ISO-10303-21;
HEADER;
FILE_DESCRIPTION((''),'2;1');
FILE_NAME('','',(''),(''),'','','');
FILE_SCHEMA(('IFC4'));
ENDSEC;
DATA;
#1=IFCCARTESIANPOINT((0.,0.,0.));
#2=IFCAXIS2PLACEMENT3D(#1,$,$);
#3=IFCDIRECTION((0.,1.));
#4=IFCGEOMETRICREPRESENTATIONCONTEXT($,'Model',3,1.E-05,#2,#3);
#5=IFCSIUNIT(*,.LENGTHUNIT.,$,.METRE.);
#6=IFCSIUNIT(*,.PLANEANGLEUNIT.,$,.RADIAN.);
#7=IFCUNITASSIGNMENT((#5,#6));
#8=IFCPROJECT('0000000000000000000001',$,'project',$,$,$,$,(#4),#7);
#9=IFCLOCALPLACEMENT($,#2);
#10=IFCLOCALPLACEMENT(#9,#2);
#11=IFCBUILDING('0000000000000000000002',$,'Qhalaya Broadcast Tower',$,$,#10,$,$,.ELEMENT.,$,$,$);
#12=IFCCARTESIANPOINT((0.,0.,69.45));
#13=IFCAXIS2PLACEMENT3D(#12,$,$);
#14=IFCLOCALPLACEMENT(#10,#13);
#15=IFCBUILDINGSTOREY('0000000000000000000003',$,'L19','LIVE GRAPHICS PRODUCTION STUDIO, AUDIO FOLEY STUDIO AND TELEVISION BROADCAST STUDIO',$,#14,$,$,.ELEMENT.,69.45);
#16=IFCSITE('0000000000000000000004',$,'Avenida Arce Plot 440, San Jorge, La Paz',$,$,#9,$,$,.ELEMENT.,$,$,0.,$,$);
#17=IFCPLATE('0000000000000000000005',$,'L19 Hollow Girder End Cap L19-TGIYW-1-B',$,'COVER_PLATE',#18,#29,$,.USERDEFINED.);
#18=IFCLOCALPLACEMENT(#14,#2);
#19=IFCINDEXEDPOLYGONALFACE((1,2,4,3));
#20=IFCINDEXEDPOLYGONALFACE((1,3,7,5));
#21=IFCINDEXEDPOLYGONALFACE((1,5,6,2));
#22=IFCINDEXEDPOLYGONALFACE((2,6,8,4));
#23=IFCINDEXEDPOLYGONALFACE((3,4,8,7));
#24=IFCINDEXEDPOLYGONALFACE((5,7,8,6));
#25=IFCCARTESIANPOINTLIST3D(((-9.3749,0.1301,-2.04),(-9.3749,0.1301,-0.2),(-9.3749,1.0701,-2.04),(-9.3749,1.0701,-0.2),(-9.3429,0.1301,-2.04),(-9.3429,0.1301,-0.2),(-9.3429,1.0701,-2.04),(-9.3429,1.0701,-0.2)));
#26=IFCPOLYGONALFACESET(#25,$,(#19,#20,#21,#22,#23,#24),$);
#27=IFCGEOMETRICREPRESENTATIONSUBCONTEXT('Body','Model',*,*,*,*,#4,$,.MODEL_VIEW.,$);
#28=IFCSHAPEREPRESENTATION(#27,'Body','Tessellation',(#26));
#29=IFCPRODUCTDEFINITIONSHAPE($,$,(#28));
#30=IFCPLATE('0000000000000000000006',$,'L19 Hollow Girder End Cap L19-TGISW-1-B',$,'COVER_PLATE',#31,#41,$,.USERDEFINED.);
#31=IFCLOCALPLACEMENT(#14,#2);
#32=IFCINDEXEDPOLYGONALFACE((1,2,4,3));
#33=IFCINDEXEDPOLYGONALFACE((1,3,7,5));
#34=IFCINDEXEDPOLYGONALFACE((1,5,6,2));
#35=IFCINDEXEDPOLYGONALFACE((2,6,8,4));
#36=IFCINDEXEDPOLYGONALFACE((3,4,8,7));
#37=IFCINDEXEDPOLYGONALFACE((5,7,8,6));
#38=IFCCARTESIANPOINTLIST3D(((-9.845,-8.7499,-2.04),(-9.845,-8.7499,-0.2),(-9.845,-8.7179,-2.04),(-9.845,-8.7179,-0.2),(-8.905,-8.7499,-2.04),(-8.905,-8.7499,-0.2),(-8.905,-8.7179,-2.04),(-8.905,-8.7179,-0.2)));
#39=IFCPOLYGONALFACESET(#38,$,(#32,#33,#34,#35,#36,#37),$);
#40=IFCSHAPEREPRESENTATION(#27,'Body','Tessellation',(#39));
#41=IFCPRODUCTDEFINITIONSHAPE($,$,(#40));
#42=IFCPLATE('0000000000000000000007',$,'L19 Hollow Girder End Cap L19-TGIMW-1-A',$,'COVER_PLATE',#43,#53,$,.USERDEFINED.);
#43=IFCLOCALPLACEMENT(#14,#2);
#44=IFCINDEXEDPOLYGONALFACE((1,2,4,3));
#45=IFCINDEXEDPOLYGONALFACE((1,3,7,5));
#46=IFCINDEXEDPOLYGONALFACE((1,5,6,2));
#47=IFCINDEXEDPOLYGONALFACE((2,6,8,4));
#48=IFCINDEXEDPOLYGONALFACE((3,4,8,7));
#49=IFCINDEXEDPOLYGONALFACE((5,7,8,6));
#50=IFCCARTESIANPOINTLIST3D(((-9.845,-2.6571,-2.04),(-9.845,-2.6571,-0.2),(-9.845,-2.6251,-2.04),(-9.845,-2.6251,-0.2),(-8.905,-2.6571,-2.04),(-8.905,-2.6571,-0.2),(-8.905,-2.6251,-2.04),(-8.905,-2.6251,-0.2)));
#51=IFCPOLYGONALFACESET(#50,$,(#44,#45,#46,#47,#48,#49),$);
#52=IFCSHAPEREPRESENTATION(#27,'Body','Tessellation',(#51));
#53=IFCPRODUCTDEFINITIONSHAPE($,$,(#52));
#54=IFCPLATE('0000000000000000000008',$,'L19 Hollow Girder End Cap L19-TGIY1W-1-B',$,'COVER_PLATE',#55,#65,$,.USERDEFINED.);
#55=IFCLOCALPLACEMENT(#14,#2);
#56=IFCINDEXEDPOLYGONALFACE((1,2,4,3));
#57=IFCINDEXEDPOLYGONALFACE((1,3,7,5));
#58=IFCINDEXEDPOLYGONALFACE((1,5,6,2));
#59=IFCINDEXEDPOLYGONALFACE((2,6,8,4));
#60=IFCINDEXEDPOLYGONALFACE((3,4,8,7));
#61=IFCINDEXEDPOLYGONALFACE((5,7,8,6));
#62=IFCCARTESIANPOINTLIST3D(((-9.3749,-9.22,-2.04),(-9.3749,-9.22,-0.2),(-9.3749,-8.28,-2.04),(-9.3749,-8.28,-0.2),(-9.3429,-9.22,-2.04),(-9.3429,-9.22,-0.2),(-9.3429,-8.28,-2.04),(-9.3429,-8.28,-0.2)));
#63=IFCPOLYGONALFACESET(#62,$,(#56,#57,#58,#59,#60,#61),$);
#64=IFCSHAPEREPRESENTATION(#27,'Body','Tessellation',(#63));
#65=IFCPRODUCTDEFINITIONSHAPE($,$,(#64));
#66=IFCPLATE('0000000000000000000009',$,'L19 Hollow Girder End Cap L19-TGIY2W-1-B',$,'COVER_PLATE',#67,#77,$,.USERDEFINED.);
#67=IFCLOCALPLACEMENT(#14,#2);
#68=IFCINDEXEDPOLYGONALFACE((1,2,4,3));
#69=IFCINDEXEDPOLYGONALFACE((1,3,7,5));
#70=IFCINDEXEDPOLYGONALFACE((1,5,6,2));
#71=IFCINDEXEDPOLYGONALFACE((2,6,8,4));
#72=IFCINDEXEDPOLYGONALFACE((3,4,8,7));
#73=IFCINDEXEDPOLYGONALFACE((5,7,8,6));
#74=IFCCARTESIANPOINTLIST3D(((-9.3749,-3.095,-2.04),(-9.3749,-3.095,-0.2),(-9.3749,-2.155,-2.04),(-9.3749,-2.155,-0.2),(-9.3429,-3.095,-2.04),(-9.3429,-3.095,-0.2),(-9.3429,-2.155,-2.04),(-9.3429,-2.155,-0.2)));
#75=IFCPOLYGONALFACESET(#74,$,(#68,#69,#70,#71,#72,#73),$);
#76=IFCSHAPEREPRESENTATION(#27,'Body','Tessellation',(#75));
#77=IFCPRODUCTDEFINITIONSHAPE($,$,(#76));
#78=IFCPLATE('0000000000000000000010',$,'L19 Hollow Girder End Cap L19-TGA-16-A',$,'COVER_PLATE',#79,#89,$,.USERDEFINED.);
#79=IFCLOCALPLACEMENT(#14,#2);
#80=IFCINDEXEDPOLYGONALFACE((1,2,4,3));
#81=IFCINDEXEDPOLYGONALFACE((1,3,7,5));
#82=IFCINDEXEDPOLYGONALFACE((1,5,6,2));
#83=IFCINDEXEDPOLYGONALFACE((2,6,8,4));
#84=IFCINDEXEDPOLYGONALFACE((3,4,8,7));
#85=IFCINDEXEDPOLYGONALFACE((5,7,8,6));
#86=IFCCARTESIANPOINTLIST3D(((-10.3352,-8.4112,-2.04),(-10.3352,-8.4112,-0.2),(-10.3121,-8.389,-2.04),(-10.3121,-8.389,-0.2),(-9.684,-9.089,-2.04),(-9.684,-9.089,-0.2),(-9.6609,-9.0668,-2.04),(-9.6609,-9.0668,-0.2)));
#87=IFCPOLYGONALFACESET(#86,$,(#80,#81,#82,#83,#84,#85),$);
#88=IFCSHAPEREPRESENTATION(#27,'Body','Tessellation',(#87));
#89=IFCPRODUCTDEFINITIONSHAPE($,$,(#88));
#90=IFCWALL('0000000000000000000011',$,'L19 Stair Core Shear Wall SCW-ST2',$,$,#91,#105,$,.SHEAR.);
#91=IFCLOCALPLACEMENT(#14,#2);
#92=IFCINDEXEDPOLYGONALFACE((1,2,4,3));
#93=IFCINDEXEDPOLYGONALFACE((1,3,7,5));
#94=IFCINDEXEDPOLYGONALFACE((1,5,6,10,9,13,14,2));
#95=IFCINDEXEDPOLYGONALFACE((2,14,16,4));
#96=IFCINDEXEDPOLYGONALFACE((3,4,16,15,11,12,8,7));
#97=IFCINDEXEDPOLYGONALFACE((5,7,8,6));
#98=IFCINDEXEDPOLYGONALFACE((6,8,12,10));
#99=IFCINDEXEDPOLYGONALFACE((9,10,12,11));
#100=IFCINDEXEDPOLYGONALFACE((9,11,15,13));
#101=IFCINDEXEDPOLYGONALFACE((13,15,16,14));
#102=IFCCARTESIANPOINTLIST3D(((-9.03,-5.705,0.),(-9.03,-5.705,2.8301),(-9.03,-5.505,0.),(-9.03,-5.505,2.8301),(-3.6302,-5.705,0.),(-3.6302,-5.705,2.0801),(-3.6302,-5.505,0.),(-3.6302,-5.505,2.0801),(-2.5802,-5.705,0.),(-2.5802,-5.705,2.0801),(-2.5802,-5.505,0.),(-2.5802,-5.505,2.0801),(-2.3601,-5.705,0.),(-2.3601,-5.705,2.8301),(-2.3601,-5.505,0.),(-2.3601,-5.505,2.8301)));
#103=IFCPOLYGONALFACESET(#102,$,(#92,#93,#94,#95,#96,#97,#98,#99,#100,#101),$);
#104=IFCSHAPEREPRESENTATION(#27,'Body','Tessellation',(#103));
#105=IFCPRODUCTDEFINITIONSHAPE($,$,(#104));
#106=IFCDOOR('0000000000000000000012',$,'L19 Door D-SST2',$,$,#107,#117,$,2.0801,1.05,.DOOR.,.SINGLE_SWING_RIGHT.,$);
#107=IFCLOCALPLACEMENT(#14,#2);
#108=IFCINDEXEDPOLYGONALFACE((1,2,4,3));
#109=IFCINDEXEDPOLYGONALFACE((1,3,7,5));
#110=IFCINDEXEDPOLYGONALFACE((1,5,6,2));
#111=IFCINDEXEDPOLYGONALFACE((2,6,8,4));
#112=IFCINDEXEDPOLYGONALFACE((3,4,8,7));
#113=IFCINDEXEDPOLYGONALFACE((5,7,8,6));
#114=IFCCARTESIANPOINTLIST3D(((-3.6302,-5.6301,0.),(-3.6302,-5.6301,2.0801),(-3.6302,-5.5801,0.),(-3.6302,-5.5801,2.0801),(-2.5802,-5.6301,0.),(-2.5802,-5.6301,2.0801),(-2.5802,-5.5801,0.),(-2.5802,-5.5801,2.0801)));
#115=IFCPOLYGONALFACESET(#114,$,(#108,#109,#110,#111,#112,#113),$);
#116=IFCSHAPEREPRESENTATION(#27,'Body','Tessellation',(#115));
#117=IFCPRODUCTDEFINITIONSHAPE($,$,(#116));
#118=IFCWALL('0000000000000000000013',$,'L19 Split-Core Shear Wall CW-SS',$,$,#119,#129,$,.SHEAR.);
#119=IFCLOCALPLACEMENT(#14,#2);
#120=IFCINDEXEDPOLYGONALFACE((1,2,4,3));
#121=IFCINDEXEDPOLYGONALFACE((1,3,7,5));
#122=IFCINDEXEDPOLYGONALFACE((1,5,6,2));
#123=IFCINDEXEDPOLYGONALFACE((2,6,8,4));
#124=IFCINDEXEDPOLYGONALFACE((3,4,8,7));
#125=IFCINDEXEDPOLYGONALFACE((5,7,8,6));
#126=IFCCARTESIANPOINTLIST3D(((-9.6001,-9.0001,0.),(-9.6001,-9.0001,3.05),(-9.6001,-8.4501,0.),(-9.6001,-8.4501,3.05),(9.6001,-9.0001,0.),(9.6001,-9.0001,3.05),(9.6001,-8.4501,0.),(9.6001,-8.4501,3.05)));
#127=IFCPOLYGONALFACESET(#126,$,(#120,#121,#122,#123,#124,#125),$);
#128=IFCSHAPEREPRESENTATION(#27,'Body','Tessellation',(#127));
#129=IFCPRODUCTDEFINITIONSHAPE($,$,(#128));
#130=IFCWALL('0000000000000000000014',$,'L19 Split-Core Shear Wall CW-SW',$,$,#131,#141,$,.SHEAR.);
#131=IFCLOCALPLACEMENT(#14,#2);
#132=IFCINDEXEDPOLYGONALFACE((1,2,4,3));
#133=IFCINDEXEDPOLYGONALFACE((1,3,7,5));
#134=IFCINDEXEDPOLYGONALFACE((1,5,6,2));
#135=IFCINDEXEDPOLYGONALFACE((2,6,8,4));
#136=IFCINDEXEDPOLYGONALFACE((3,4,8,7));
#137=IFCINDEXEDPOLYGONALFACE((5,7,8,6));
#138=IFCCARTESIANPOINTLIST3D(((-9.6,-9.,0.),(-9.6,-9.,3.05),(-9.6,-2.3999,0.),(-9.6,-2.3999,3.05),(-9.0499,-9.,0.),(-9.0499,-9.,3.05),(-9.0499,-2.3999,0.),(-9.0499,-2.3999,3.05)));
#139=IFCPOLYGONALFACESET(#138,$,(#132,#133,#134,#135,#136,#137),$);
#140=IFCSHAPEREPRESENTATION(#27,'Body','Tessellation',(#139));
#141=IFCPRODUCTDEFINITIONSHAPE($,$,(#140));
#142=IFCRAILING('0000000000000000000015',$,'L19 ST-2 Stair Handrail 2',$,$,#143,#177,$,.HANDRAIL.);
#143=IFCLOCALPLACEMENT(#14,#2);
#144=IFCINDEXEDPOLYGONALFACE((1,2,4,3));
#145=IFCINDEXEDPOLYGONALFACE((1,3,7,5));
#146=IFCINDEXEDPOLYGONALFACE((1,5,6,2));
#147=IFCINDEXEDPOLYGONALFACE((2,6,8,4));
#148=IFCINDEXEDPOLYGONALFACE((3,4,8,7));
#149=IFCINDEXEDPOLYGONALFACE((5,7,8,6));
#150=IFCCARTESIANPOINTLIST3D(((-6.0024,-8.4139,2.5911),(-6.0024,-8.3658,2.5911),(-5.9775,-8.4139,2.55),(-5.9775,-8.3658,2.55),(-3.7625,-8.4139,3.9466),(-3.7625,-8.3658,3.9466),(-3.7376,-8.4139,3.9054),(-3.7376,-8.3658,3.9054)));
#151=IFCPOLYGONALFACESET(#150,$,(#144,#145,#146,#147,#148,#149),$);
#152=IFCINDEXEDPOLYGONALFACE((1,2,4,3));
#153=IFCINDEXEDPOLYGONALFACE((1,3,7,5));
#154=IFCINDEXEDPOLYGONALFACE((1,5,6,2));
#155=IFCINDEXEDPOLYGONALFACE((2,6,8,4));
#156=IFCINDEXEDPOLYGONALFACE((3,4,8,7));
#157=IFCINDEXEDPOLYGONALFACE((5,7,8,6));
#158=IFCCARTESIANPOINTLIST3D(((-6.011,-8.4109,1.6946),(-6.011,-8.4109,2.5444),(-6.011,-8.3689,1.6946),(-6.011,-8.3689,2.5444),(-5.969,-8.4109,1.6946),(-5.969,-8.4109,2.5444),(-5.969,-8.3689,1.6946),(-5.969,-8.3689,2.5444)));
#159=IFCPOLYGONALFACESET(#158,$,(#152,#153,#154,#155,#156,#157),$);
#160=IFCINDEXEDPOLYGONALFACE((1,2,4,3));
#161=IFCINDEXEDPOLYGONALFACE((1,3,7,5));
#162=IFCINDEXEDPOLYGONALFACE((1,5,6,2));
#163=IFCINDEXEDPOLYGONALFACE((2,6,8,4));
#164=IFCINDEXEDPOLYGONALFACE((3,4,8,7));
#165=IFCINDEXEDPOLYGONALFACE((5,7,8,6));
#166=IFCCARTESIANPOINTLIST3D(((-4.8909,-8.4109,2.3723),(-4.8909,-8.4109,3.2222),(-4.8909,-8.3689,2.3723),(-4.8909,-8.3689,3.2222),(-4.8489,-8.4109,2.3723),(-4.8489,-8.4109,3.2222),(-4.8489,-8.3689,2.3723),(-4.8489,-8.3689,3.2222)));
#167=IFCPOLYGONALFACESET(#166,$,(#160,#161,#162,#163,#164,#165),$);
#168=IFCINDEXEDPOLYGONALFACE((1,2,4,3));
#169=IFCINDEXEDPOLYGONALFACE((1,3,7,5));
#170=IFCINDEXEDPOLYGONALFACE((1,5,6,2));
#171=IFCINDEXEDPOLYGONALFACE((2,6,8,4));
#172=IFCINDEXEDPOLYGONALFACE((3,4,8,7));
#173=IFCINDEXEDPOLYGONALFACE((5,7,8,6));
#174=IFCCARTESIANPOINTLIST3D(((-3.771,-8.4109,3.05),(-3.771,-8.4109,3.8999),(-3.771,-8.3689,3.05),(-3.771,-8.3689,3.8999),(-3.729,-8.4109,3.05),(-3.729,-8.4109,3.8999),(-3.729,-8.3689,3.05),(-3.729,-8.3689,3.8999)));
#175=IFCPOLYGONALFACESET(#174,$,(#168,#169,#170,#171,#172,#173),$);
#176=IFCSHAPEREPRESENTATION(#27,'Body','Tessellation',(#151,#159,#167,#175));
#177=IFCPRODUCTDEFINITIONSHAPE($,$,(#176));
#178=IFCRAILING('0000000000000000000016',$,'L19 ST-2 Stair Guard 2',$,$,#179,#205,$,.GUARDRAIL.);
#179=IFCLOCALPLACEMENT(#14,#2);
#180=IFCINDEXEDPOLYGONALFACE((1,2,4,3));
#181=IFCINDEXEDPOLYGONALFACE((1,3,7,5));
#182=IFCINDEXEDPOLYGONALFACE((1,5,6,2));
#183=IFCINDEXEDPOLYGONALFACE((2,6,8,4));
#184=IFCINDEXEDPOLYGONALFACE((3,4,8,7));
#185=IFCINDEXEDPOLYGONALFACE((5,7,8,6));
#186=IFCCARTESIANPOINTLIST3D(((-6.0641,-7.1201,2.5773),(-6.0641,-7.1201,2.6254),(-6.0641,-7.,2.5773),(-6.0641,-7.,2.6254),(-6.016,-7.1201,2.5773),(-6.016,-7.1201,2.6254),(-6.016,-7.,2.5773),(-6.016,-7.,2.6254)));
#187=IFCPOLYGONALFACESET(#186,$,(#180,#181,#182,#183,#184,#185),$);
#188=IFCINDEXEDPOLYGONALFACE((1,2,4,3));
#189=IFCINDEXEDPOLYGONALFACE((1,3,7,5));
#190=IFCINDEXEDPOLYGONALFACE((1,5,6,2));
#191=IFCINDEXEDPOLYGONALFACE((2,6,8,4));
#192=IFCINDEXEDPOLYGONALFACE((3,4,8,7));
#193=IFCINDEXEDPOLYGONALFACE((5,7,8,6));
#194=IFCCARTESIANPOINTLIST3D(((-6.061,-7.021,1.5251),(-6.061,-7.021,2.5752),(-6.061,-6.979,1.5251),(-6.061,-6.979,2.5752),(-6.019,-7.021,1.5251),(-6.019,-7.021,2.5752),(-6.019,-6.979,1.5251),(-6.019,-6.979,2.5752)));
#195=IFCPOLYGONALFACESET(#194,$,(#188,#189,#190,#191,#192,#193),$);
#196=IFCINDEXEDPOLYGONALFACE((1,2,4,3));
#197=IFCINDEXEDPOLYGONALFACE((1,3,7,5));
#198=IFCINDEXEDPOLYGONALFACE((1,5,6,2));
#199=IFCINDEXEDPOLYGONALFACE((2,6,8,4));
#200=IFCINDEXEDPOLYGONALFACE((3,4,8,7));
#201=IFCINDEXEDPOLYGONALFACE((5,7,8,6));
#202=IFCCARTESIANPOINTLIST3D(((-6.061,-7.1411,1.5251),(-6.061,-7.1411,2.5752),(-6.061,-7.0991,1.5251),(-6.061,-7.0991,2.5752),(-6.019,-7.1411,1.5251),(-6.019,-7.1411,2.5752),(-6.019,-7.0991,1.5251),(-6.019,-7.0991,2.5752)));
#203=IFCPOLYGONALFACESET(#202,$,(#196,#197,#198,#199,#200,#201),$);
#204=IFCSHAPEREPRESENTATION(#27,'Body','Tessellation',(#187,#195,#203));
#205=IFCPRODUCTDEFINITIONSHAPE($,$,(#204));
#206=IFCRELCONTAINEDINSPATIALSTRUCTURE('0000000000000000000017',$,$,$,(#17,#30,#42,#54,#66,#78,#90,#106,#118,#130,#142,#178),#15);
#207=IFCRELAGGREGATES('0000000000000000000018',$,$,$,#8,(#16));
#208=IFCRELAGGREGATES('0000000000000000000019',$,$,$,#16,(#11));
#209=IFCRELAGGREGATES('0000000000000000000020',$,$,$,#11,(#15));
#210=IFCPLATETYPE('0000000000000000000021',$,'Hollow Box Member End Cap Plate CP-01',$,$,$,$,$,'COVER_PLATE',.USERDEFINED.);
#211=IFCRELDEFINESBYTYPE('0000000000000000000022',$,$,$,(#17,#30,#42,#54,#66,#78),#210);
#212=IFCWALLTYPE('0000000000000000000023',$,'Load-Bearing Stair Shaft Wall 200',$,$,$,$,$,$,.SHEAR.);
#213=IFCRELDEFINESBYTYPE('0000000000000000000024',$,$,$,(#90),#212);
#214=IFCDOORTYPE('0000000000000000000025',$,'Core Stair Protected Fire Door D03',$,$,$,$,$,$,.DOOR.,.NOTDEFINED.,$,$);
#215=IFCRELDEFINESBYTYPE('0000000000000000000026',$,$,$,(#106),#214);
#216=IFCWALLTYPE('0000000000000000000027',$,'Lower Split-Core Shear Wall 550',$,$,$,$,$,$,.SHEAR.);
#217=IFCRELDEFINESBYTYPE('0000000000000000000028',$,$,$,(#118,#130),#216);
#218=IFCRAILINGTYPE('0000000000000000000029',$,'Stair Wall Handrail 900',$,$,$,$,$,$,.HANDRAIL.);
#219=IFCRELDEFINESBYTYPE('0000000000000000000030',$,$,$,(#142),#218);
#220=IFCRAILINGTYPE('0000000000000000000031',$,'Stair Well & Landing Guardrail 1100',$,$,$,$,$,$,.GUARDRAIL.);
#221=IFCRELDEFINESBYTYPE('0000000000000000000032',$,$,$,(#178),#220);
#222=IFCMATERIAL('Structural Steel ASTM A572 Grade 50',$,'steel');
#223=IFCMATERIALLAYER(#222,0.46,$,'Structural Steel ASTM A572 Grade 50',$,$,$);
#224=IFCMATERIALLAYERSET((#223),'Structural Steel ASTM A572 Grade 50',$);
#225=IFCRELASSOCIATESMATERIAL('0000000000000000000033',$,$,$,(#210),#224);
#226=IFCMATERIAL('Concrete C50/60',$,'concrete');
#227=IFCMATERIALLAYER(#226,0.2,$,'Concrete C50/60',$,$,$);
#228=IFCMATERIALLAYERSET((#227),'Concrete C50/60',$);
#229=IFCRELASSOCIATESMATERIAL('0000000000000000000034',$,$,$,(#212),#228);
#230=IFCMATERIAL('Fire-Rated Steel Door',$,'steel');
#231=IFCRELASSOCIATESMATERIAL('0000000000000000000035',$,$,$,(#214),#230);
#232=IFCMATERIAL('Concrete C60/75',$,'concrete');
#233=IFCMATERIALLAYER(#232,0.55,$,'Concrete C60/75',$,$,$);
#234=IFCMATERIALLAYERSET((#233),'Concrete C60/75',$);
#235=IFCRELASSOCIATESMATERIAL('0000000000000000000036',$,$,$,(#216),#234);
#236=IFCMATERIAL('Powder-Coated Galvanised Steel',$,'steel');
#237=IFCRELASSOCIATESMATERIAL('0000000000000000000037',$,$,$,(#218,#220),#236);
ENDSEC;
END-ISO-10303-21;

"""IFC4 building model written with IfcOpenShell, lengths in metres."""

from ifc_helpers import new_model, si_unit, direction, frame, frame_2d, origin, origin_2d, place, context, subcontext, project, spatial, rectangle, extrude, material, layer, layer_set, type_object, element, fill, save


model = new_model("IFC4")

# Units and contexts
model_context = context("Model", 3, precision=1e-05, world=origin(), true_north=direction((0.0, 1.0)))
body_context = subcontext(model_context, "Body", "Model", "MODEL_VIEW")
ifc_project = project(units=[si_unit("LENGTHUNIT", "METRE"), si_unit("PLANEANGLEUNIT", "RADIAN")], contexts=[model_context])

# Site, building, storey
site_placement = place(None, origin())
site = spatial("IfcSite", under=ifc_project, at=site_placement, Name="Avenida Arce Plot 440, San Jorge, La Paz", CompositionType="ELEMENT", RefElevation=0.0)
building_placement = place(site_placement, origin())
building = spatial("IfcBuilding", under=site, at=building_placement, Name="Qhalaya Broadcast Tower", CompositionType="ELEMENT")
storey_placement = place(building_placement, frame((0.0, 0.0, 69.45)))
storey = spatial("IfcBuildingStorey", under=building, at=storey_placement, Name="L19", Description="LIVE GRAPHICS PRODUCTION STUDIO, AUDIO FOLEY STUDIO AND TELEVISION BROADCAST STUDIO", CompositionType="ELEMENT", Elevation=69.45)

# Shared definitions
ifc_material_1 = material(Name="Concrete C50/60", Category="concrete")

# Shared definitions
ifc_material_2 = material(Name="Structural Steel ASTM A572 Grade 50", Category="steel")

# Plates
ifc_layer_1 = layer(ifc_material_2, 0.46, Name="Structural Steel ASTM A572 Grade 50")
ifc_layer_set_1 = layer_set([ifc_layer_1], Name="Structural Steel ASTM A572 Grade 50")
plate_type = type_object("IfcPlateType", Name="Hollow Box Member End Cap Plate CP-01", ElementType="COVER_PLATE", PredefinedType="USERDEFINED", material=ifc_layer_set_1)
for number, where, z_axis, x_axis, name in (
    (1, (-9.3589, 0.6001, -2.04), (0.0, 0.0, 1.0), (0.0, 1.0, 0.0), "L19 Hollow Girder End Cap L19-TGIYW-1-B"),
    (2, (-9.375, -8.7339, -2.04), (0.0, 0.0, 1.0), (-1.0, 0.0, 0.0), "L19 Hollow Girder End Cap L19-TGISW-1-B"),
    (3, (-9.375, -2.6411, -2.04), (0.0, 0.0, 1.0), (-1.0, 0.0, 0.0), "L19 Hollow Girder End Cap L19-TGIMW-1-A"),
    (4, (-9.3589, -8.75, -2.04), (0.0, 0.0, 1.0), (0.0, 1.0, 0.0), "L19 Hollow Girder End Cap L19-TGIY1W-1-B"),
    (5, (-9.3589, -2.625, -2.04), (0.0, 0.0, 1.0), (0.0, 1.0, 0.0), "L19 Hollow Girder End Cap L19-TGIY2W-1-B"),
    (6, (-9.998, -8.739, -2.04), (0.0, 0.0, 1.0), (0.692798, -0.721132, 0.0), "L19 Hollow Girder End Cap L19-TGA-16-A"),
):
    element("IfcPlate", number, at=place(storey_placement, frame(where, z_axis=z_axis, x_axis=x_axis)), inside=storey, type_object=plate_type, Name=name, ObjectType="COVER_PLATE", PredefinedType="USERDEFINED", context=body_context, shape_type="SweptSolid", body=[
        extrude(rectangle(XDim=0.9399, YDim=0.032, at=origin_2d()), origin(), (0.0, 0.0, 1.0), 1.8401),
    ])

# Wall, opening, door
ifc_layer_2 = layer(ifc_material_1, 0.2, Name="Concrete C50/60")
ifc_layer_set_2 = layer_set([ifc_layer_2], Name="Concrete C50/60")
wall_type_1 = type_object("IfcWallType", Name="Load-Bearing Stair Shaft Wall 200", PredefinedType="SHEAR", material=ifc_layer_set_2)
wall_1_placement = place(storey_placement, frame((-9.03, -5.605, 0.0), z_axis=(0.0, 0.0, 1.0), x_axis=(1.0, 0.0, 0.0)))
wall_1 = element("IfcWall", 7, at=wall_1_placement, inside=storey, type_object=wall_type_1, Name="L19 Stair Core Shear Wall SCW-ST2", PredefinedType="SHEAR", context=body_context, shape_type="SweptSolid", body=[
    extrude(rectangle(XDim=6.6699, YDim=0.2, at=frame_2d((3.335, 0.0))), origin(), (0.0, 0.0, 1.0), 2.8301),
])
opening_1_placement = place(wall_1_placement, frame((5.3999, 0.0, 0.0)))
opening_1 = element("IfcOpeningElement", 8, at=opening_1_placement, cuts=wall_1, PredefinedType="OPENING", context=body_context, shape_type="SweptSolid", body=[
    extrude(rectangle(XDim=1.05, YDim=2.0801, at=frame_2d((0.5249, 1.04))), frame((0.0, 0.1121, 0.0), z_axis=(0.0, -1.0, 0.0), x_axis=(1.0, 0.0, 0.0)), (0.0, 0.0, 1.0), 0.2239),
])
ifc_material_3 = material(Name="Fire-Rated Steel Door", Category="steel")
door_type_1 = type_object("IfcDoorType", Name="Core Stair Protected Fire Door D03", OperationType="NOTDEFINED", PredefinedType="DOOR", material=ifc_material_3)
door_1_placement = place(opening_1_placement, origin())
door_1 = element("IfcDoor", 9, at=door_1_placement, inside=storey, type_object=door_type_1, Name="L19 Door D-SST2", OperationType="SINGLE_SWING_RIGHT", OverallHeight=2.0801, OverallWidth=1.05, PredefinedType="DOOR", context=body_context, shape_type="SweptSolid", body=[
    extrude(rectangle(XDim=1.05, YDim=2.0801, at=frame_2d((0.5249, 1.04))), frame((0.0, 0.0249, 0.0), z_axis=(0.0, -1.0, 0.0), x_axis=(1.0, 0.0, 0.0)), (0.0, 0.0, 1.0), 0.05),
])
fill(opening_1, door_1)

# Wall
ifc_material_4 = material(Name="Concrete C60/75", Category="concrete")
ifc_layer_3 = layer(ifc_material_4, 0.55, Name="Concrete C60/75")
ifc_layer_set_3 = layer_set([ifc_layer_3], Name="Concrete C60/75")
wall_type_2 = type_object("IfcWallType", Name="Lower Split-Core Shear Wall 550", PredefinedType="SHEAR", material=ifc_layer_set_3)
wall_2_placement = place(storey_placement, frame((-9.6001, -8.7251, 0.0), z_axis=(0.0, 0.0, 1.0), x_axis=(1.0, 0.0, 0.0)))
element("IfcWall", 10, at=wall_2_placement, inside=storey, type_object=wall_type_2, Name="L19 Split-Core Shear Wall CW-SS", PredefinedType="SHEAR", context=body_context, shape_type="SweptSolid", body=[
    extrude(rectangle(XDim=19.2002, YDim=0.55, at=frame_2d((9.6001, 0.0))), origin(), (0.0, 0.0, 1.0), 3.05),
])

# Wall
wall_3_placement = place(storey_placement, frame((-9.325, -9.0, 0.0), z_axis=(0.0, 0.0, 1.0), x_axis=(0.0, 1.0, 0.0)))
element("IfcWall", 11, at=wall_3_placement, inside=storey, type_object=wall_type_2, Name="L19 Split-Core Shear Wall CW-SW", PredefinedType="SHEAR", context=body_context, shape_type="SweptSolid", body=[
    extrude(rectangle(XDim=6.6001, YDim=0.55, at=frame_2d((3.3, 0.0))), origin(), (0.0, 0.0, 1.0), 3.05),
])

# Railings
ifc_material_5 = material(Name="Powder-Coated Galvanised Steel", Category="steel")
railing_type_1 = type_object("IfcRailingType", Name="Stair Wall Handrail 900", PredefinedType="HANDRAIL", material=ifc_material_5)
railing_1_placement = place(storey_placement, frame((-5.99, -8.3899, 1.6946)))
element("IfcRailing", 12, at=railing_1_placement, inside=storey, type_object=railing_type_1, Name="L19 ST-2 Stair Handrail 2", PredefinedType="HANDRAIL", context=body_context, shape_type="SweptSolid", body=[
    extrude(rectangle(XDim=0.0481, YDim=0.0481, at=origin_2d()), frame((0.0, 0.0, 0.876), z_axis=(0.855553, 0.0, 0.517715), x_axis=(0.0, 1.0, 0.0)), (0.0, 0.0, 1.0), 2.6182),
    extrude(rectangle(XDim=0.042, YDim=0.042, at=origin_2d()), origin(), (0.0, 0.0, 1.0), 0.8499),
    extrude(rectangle(XDim=0.042, YDim=0.042, at=origin_2d()), frame((1.1201, 0.0, 0.6777)), (0.0, 0.0, 1.0), 0.8499),
    extrude(rectangle(XDim=0.042, YDim=0.042, at=origin_2d()), frame((2.24, 0.0, 1.3555)), (0.0, 0.0, 1.0), 0.8499),
])
railing_type_2 = type_object("IfcRailingType", Name="Stair Well & Landing Guardrail 1100", PredefinedType="GUARDRAIL", material=ifc_material_5)
railing_2_placement = place(storey_placement, frame((-6.04, -7.0, 1.5251)))
element("IfcRailing", 13, at=railing_2_placement, inside=storey, type_object=railing_type_2, Name="L19 ST-2 Stair Guard 2", PredefinedType="GUARDRAIL", context=body_context, shape_type="SweptSolid", body=[
    extrude(rectangle(XDim=0.0481, YDim=0.0481, at=origin_2d()), frame((0.0, 0.0, 1.0762), z_axis=(0.0, -1.0, 0.0), x_axis=(1.0, 0.0, 0.0)), (0.0, 0.0, 1.0), 0.1201),
    extrude(rectangle(XDim=0.042, YDim=0.042, at=origin_2d()), origin(), (0.0, 0.0, 1.0), 1.05),
    extrude(rectangle(XDim=0.042, YDim=0.042, at=origin_2d()), frame((0.0, -0.1201, 0.0)), (0.0, 0.0, 1.0), 1.05),
])

save(model, "model.ifc")
